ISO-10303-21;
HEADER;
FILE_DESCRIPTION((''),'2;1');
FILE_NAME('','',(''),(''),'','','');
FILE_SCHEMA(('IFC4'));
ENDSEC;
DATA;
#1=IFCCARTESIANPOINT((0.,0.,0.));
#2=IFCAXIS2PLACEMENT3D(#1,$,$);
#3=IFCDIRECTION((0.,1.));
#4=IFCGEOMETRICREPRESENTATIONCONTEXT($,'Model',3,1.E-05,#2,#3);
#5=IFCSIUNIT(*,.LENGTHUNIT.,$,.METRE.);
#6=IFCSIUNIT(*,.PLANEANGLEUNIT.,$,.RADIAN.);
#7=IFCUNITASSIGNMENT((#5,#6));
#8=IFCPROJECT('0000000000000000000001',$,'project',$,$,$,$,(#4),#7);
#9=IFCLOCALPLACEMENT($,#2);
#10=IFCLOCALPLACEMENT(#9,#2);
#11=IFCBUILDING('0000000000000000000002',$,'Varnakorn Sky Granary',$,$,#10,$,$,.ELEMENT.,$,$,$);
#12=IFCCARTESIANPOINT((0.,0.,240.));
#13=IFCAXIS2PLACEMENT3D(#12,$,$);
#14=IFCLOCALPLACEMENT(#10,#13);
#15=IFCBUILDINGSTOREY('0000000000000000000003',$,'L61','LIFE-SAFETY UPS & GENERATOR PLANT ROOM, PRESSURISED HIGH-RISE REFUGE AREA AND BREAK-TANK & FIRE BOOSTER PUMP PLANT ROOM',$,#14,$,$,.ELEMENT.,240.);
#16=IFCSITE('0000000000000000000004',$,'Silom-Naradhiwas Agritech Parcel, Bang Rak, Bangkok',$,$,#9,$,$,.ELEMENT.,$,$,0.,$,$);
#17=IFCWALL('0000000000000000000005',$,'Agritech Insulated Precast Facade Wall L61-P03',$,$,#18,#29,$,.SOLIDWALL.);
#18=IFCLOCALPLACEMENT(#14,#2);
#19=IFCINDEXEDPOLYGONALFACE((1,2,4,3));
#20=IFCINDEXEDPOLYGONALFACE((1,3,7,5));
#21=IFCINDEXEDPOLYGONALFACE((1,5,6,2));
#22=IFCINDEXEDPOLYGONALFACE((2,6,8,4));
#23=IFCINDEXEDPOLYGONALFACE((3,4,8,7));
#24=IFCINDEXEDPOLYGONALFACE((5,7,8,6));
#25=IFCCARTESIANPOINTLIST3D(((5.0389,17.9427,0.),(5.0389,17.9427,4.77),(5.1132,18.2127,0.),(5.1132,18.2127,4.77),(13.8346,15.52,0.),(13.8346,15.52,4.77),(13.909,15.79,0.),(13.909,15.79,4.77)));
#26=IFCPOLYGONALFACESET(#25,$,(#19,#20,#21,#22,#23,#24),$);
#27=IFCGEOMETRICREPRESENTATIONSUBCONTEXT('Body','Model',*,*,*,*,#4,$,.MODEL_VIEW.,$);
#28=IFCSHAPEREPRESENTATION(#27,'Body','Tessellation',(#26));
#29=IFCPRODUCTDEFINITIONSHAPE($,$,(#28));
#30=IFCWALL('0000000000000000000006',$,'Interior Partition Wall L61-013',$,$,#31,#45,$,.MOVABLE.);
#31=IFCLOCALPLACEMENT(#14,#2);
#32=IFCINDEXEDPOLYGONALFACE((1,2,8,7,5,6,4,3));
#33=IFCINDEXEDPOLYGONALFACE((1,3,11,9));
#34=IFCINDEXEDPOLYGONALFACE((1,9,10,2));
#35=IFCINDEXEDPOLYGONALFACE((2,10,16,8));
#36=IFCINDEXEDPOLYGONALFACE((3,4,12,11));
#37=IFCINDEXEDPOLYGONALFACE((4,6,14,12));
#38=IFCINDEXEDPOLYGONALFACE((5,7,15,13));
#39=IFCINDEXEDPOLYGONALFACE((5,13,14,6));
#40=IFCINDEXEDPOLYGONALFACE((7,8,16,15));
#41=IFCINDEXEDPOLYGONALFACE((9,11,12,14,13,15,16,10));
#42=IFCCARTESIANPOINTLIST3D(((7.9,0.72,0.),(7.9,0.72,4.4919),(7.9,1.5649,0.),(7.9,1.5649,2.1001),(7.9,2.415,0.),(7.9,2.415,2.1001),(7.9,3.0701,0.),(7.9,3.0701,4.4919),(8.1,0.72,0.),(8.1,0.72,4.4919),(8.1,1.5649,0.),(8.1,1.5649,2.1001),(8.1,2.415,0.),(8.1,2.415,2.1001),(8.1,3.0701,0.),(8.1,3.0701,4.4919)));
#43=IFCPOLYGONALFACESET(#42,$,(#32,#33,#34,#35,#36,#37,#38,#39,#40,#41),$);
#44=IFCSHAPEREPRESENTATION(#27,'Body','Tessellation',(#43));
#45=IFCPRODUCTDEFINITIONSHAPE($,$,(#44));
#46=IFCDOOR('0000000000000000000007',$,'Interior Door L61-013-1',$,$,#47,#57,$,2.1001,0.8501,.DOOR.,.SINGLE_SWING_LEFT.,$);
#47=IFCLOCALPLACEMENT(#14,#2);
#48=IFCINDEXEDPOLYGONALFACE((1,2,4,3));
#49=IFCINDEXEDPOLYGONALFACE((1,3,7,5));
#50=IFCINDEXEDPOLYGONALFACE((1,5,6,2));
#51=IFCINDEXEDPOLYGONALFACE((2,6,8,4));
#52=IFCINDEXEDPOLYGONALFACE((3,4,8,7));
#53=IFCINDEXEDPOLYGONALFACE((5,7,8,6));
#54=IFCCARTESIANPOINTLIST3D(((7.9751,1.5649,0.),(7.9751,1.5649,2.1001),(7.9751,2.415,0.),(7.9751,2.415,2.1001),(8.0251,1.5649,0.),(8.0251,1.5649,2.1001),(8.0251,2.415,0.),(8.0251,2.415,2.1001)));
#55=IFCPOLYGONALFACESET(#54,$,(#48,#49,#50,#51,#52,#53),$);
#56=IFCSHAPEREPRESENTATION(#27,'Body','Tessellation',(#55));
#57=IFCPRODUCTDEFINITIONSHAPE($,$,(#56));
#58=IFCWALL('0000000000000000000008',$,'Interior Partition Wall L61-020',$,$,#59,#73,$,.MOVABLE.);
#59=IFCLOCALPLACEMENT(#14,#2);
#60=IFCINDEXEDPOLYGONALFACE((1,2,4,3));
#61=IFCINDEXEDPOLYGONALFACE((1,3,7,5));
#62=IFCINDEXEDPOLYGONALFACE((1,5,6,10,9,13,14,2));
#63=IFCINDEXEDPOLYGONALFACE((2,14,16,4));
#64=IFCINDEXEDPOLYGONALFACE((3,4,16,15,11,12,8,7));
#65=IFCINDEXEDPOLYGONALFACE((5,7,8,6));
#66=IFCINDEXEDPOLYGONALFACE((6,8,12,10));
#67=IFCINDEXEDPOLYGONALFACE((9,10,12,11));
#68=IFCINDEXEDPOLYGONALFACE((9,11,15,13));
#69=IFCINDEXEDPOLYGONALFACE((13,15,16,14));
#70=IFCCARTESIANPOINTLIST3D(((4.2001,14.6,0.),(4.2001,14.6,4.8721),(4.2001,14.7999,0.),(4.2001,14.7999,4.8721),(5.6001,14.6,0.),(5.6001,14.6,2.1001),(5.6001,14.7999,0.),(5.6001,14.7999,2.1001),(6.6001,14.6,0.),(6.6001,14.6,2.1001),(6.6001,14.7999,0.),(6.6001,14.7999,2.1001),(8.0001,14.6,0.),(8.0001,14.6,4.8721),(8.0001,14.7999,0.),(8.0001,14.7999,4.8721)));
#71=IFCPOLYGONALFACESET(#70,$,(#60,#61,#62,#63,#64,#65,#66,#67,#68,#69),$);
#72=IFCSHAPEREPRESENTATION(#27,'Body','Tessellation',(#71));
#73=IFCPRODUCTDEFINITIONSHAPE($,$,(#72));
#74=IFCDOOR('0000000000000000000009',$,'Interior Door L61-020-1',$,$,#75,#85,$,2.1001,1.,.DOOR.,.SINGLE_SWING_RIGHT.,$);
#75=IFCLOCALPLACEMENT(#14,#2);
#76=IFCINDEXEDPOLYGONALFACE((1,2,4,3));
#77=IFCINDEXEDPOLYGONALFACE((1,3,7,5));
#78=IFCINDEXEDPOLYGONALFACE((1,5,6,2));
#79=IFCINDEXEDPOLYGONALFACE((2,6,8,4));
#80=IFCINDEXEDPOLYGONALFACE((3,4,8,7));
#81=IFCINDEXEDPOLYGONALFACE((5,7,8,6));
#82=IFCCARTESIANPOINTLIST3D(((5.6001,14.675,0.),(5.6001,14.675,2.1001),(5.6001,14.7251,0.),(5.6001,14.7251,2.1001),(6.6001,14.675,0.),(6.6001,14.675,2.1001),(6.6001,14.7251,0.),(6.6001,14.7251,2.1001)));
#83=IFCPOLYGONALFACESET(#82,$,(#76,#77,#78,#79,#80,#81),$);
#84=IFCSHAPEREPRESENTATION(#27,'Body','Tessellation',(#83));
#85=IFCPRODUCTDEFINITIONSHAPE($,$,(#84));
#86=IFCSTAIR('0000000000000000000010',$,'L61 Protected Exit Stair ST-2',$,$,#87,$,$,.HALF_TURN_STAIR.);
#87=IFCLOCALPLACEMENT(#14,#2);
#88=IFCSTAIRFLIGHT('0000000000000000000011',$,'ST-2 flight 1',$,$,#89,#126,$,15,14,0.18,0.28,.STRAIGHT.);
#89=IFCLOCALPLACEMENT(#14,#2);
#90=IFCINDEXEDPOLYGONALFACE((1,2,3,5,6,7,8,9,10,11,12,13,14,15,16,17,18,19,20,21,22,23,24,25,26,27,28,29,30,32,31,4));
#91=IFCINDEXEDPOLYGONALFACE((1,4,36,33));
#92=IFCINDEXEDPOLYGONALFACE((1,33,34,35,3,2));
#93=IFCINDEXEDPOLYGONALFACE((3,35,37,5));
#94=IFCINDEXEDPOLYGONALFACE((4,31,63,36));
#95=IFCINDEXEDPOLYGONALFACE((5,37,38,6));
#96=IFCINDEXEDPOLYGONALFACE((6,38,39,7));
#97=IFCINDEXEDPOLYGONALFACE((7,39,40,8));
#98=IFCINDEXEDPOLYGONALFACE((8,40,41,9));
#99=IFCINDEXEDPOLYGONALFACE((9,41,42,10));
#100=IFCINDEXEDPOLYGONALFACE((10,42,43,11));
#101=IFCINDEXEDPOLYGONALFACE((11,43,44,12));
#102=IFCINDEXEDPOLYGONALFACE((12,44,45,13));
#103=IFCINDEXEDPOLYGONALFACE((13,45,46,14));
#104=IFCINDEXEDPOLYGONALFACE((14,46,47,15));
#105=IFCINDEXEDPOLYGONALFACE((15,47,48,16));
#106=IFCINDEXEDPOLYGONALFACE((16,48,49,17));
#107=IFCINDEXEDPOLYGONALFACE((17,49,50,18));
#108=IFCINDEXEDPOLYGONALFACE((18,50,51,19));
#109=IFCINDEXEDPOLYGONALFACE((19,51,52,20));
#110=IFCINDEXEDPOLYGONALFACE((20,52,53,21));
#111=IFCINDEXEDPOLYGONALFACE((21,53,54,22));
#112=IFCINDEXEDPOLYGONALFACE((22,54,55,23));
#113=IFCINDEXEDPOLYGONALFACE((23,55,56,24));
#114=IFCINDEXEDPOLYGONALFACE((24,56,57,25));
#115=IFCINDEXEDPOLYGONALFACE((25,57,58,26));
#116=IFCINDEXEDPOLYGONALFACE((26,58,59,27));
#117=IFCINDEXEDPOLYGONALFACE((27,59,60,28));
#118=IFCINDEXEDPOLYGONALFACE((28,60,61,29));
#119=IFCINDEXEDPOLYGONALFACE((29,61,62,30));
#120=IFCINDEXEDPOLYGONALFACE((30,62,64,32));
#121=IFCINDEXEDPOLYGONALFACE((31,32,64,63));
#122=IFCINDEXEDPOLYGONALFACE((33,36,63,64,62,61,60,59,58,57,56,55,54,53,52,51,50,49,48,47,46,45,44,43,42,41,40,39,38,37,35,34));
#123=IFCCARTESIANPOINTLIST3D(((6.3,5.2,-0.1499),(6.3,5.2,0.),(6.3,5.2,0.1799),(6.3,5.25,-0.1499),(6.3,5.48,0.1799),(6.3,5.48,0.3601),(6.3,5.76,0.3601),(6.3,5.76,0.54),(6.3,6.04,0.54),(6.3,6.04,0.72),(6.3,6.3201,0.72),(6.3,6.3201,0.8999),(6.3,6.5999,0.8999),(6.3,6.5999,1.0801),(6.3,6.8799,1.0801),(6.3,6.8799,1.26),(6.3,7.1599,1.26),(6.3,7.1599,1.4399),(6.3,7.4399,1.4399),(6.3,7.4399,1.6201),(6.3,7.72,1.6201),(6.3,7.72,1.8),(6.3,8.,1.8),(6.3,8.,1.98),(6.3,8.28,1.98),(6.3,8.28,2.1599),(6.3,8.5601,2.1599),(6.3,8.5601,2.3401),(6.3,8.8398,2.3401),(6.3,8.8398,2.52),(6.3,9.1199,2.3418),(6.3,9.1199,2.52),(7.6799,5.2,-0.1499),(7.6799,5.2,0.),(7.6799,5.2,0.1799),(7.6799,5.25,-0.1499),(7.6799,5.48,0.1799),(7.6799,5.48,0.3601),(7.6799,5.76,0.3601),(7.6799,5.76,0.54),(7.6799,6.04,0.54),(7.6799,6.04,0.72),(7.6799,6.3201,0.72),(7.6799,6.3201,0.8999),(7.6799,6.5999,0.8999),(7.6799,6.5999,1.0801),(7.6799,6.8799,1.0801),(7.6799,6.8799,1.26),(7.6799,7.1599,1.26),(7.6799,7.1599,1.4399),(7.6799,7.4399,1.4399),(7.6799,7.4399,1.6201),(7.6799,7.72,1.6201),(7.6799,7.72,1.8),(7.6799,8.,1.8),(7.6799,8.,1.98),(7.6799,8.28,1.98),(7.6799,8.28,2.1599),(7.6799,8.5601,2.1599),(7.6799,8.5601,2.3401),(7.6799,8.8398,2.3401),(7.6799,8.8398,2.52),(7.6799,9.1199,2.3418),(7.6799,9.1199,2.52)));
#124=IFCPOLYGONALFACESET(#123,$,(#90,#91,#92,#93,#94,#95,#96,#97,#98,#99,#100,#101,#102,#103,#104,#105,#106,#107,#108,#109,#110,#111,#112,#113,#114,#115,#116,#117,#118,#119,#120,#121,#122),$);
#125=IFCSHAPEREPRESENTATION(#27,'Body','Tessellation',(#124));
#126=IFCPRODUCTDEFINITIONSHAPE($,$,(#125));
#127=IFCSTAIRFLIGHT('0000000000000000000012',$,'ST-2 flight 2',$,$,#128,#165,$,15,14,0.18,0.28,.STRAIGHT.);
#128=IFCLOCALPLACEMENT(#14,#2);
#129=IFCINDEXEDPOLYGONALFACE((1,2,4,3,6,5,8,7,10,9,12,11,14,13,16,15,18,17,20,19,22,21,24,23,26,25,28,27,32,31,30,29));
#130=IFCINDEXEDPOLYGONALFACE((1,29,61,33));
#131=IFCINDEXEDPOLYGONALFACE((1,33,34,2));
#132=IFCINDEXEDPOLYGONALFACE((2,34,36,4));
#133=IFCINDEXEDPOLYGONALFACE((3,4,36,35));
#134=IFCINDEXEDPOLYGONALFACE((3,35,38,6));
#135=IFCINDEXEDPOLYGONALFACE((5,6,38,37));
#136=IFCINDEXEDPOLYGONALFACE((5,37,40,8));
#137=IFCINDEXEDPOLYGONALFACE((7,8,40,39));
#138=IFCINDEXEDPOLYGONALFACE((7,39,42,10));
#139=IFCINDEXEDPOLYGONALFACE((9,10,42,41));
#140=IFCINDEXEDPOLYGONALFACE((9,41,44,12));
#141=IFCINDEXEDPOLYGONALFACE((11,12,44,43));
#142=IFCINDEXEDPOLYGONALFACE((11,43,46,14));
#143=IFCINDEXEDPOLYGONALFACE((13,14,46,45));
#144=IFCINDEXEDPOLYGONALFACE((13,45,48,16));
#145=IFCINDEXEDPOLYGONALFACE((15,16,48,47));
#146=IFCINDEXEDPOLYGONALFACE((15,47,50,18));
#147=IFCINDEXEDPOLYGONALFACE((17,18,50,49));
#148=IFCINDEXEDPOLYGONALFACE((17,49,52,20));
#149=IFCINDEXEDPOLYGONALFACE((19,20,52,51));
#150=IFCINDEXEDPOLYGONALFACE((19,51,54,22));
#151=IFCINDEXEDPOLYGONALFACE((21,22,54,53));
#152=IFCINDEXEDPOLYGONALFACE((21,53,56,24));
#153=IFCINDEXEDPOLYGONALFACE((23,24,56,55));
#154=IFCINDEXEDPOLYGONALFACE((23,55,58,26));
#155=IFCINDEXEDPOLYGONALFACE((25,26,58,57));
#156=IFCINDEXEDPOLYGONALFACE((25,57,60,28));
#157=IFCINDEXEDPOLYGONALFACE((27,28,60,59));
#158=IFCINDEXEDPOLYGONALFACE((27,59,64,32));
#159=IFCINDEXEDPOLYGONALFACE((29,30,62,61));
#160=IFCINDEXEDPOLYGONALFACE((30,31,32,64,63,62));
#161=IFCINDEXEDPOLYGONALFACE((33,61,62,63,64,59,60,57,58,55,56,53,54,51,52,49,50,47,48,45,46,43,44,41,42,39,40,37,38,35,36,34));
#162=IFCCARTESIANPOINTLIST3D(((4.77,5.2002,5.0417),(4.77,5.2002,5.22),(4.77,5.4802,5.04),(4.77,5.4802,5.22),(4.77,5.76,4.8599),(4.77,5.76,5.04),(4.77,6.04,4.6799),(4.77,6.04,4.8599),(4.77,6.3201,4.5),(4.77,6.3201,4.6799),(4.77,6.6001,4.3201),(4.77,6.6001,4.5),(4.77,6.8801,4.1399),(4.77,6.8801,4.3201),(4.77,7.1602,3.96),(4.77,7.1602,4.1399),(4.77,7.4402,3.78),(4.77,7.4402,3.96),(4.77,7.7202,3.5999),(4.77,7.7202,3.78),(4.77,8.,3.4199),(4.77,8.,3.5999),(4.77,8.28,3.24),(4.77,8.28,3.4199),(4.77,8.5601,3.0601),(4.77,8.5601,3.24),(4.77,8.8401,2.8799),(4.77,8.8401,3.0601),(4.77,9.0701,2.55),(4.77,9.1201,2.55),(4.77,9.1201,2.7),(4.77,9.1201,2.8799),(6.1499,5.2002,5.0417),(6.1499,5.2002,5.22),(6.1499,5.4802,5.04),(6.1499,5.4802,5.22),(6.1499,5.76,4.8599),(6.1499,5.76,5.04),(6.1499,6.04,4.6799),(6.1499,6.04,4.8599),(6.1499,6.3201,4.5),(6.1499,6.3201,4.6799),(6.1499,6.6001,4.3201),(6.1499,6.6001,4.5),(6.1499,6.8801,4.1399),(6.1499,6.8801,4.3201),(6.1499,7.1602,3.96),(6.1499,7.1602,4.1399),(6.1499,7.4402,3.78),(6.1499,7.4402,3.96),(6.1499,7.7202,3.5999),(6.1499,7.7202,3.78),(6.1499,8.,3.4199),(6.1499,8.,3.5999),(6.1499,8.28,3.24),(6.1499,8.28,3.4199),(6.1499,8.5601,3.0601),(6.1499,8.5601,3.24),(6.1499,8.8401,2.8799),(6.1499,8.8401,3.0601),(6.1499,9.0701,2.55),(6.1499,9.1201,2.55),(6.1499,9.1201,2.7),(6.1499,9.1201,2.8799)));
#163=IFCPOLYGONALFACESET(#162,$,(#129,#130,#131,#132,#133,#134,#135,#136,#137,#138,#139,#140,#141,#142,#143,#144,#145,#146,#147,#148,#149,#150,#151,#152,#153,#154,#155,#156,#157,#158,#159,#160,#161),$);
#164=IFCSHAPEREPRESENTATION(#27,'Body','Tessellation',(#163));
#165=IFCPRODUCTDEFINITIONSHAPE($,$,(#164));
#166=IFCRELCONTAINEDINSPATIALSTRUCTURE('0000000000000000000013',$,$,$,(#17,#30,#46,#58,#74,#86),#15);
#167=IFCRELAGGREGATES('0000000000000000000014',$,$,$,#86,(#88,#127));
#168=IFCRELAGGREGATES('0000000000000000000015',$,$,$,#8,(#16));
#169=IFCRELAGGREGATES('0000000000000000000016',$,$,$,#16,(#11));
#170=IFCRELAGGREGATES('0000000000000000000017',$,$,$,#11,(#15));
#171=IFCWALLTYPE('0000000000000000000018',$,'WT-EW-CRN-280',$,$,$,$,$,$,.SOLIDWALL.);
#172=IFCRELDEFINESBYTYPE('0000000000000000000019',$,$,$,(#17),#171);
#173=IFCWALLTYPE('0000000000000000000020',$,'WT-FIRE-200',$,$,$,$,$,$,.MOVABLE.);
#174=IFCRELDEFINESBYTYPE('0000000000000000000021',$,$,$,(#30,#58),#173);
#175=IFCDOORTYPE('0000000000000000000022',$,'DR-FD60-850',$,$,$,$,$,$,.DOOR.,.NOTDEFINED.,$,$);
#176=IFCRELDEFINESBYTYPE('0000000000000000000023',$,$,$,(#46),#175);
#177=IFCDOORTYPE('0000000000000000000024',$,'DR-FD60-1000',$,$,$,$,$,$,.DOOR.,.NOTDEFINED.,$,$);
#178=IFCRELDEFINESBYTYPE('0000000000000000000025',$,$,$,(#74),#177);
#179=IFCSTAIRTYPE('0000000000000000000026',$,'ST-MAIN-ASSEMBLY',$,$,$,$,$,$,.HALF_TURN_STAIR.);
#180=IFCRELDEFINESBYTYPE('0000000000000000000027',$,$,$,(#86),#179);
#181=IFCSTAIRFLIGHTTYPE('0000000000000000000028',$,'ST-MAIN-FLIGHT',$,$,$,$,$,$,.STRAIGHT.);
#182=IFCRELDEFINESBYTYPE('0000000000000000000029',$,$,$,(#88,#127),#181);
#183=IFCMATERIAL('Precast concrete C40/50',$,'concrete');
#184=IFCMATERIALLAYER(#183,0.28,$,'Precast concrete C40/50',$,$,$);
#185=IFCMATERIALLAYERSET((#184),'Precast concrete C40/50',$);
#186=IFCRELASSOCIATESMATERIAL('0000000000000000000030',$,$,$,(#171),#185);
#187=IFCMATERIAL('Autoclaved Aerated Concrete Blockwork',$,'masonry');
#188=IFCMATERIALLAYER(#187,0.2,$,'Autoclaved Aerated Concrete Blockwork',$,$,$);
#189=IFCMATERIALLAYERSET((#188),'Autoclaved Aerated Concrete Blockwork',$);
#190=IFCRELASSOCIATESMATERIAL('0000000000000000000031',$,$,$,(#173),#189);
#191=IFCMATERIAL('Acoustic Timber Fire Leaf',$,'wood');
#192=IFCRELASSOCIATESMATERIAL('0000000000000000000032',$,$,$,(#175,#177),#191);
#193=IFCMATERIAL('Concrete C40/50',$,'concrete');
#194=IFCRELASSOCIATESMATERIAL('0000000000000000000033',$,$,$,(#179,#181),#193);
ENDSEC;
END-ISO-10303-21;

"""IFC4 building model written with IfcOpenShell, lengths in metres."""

from ifc_helpers import new_model, si_unit, direction, frame, frame_2d, origin, place, context, subcontext, project, spatial, polyline, rectangle, outline, extrude, material, layer, layer_set, type_object, element, fill, aggregate, save


model = new_model("IFC4")

# Units and contexts
model_context = context("Model", 3, precision=1e-05, world=origin(), true_north=direction((0.0, 1.0)))
body_context = subcontext(model_context, "Body", "Model", "MODEL_VIEW")
ifc_project = project(units=[si_unit("LENGTHUNIT", "METRE"), si_unit("PLANEANGLEUNIT", "RADIAN")], contexts=[model_context])

# Site, building, storey
site_placement = place(None, origin())
site = spatial("IfcSite", under=ifc_project, at=site_placement, Name="Silom-Naradhiwas Agritech Parcel, Bang Rak, Bangkok", CompositionType="ELEMENT", RefElevation=0.0)
building_placement = place(site_placement, origin())
building = spatial("IfcBuilding", under=site, at=building_placement, Name="Varnakorn Sky Granary", CompositionType="ELEMENT")
storey_placement = place(building_placement, frame((0.0, 0.0, 240.0)))
storey = spatial("IfcBuildingStorey", under=building, at=storey_placement, Name="L61", Description="LIFE-SAFETY UPS & GENERATOR PLANT ROOM, PRESSURISED HIGH-RISE REFUGE AREA AND BREAK-TANK & FIRE BOOSTER PUMP PLANT ROOM", CompositionType="ELEMENT", Elevation=240.0)

# Wall
ifc_material_1 = material(Name="Precast concrete C40/50", Category="concrete")
ifc_layer_1 = layer(ifc_material_1, 0.28, Name="Precast concrete C40/50")
ifc_layer_set_1 = layer_set([ifc_layer_1], Name="Precast concrete C40/50")
wall_type_1 = type_object("IfcWallType", Name="WT-EW-CRN-280", PredefinedType="SOLIDWALL", material=ifc_layer_set_1)
wall_1_placement = place(storey_placement, frame((5.0762, 18.0776, 0.0), z_axis=(0.0, 0.0, 1.0), x_axis=(0.964099, -0.265544, 0.0)))
element("IfcWall", 1, at=wall_1_placement, inside=storey, type_object=wall_type_1, Name="Agritech Insulated Precast Facade Wall L61-P03", PredefinedType="SOLIDWALL", context=body_context, shape_type="SweptSolid", body=[
    extrude(rectangle(XDim=9.1233, YDim=0.28, at=frame_2d((4.5615, 0.0))), origin(), (0.0, 0.0, 1.0), 4.77),
])

# Walls, openings, doors
ifc_material_2 = material(Name="Autoclaved Aerated Concrete Blockwork", Category="masonry")
ifc_layer_2 = layer(ifc_material_2, 0.2, Name="Autoclaved Aerated Concrete Blockwork")
ifc_layer_set_2 = layer_set([ifc_layer_2], Name="Autoclaved Aerated Concrete Blockwork")
wall_type_2 = type_object("IfcWallType", Name="WT-FIRE-200", PredefinedType="MOVABLE", material=ifc_layer_set_2)
wall_2_placement = place(storey_placement, frame((8.0, 0.72, 0.0), z_axis=(0.0, 0.0, 1.0), x_axis=(0.0, 1.0, 0.0)))
wall_2 = element("IfcWall", 2, at=wall_2_placement, inside=storey, type_object=wall_type_2, Name="Interior Partition Wall L61-013", PredefinedType="MOVABLE", context=body_context, shape_type="SweptSolid", body=[
    extrude(rectangle(XDim=2.3501, YDim=0.2, at=frame_2d((1.175, 0.0))), origin(), (0.0, 0.0, 1.0), 4.4919),
])
opening_1_placement = place(wall_2_placement, frame((0.845, 0.0, 0.0)))
opening_1 = element("IfcOpeningElement", 3, at=opening_1_placement, cuts=wall_2, PredefinedType="OPENING", context=body_context, shape_type="SweptSolid", body=[
    extrude(rectangle(XDim=0.8501, YDim=2.1001, at=frame_2d((0.425, 1.05))), frame((0.0, 0.1099, 0.0), z_axis=(0.0, -1.0, 0.0), x_axis=(1.0, 0.0, 0.0)), (0.0, 0.0, 1.0), 0.22),
])
ifc_material_3 = material(Name="Acoustic Timber Fire Leaf", Category="wood")
door_type_1 = type_object("IfcDoorType", Name="DR-FD60-850", OperationType="NOTDEFINED", PredefinedType="DOOR", material=ifc_material_3)
door_1_placement = place(opening_1_placement, origin())
door_1 = element("IfcDoor", 4, at=door_1_placement, inside=storey, type_object=door_type_1, Name="Interior Door L61-013-1", OperationType="SINGLE_SWING_LEFT", OverallHeight=2.1001, OverallWidth=0.8501, PredefinedType="DOOR", context=body_context, shape_type="SweptSolid", body=[
    extrude(rectangle(XDim=0.8501, YDim=2.1001, at=frame_2d((0.425, 1.05))), frame((0.0, 0.0249, 0.0), z_axis=(0.0, -1.0, 0.0), x_axis=(1.0, 0.0, 0.0)), (0.0, 0.0, 1.0), 0.05),
])
fill(opening_1, door_1)
wall_3_placement = place(storey_placement, frame((8.0, 14.7, 0.0), z_axis=(0.0, 0.0, 1.0), x_axis=(-1.0, 0.0, 0.0)))
wall_3 = element("IfcWall", 5, at=wall_3_placement, inside=storey, type_object=wall_type_2, Name="Interior Partition Wall L61-020", PredefinedType="MOVABLE", context=body_context, shape_type="SweptSolid", body=[
    extrude(rectangle(XDim=3.8, YDim=0.2, at=frame_2d((1.8999, 0.0))), origin(), (0.0, 0.0, 1.0), 4.8721),
])
opening_2_placement = place(wall_3_placement, frame((1.3999, 0.0, 0.0)))
opening_2 = element("IfcOpeningElement", 6, at=opening_2_placement, cuts=wall_3, PredefinedType="OPENING", context=body_context, shape_type="SweptSolid", body=[
    extrude(rectangle(XDim=1.0, YDim=2.1001, at=frame_2d((0.5, 1.05))), frame((0.0, 0.1099, 0.0), z_axis=(0.0, -1.0, 0.0), x_axis=(1.0, 0.0, 0.0)), (0.0, 0.0, 1.0), 0.22),
])
door_type_2 = type_object("IfcDoorType", Name="DR-FD60-1000", OperationType="NOTDEFINED", PredefinedType="DOOR", material=ifc_material_3)
door_2_placement = place(opening_2_placement, origin())
door_2 = element("IfcDoor", 7, at=door_2_placement, inside=storey, type_object=door_type_2, Name="Interior Door L61-020-1", OperationType="SINGLE_SWING_RIGHT", OverallHeight=2.1001, OverallWidth=1.0, PredefinedType="DOOR", context=body_context, shape_type="SweptSolid", body=[
    extrude(rectangle(XDim=1.0, YDim=2.1001, at=frame_2d((0.5, 1.05))), frame((0.0, 0.0249, 0.0), z_axis=(0.0, -1.0, 0.0), x_axis=(1.0, 0.0, 0.0)), (0.0, 0.0, 1.0), 0.05),
])
fill(opening_2, door_2)

# Stair, stair flights
ifc_material_4 = material(Name="Concrete C40/50", Category="concrete")
stair_type = type_object("IfcStairType", Name="ST-MAIN-ASSEMBLY", PredefinedType="HALF_TURN_STAIR", material=ifc_material_4)
stair_placement = place(storey_placement, origin())
stair = element("IfcStair", 8, at=stair_placement, inside=storey, type_object=stair_type, Name="L61 Protected Exit Stair ST-2", PredefinedType="HALF_TURN_STAIR")
stair_flight_type = type_object("IfcStairFlightType", Name="ST-MAIN-FLIGHT", PredefinedType="STRAIGHT", material=ifc_material_4)
stair_flight_1_placement = place(storey_placement, frame((6.99, 5.2, 0.0), z_axis=(0.0, 0.0, 1.0), x_axis=(0.0, 1.0, 0.0)))
stair_flight_1 = element("IfcStairFlight", 9, at=stair_flight_1_placement, type_object=stair_flight_type, Name="ST-2 flight 1", NumberOfRisers=15, NumberOfTreads=14, PredefinedType="STRAIGHT", RiserHeight=0.18, TreadLength=0.28, context=body_context, shape_type="SweptSolid", body=[
    extrude(outline(polyline([(0.0, -0.1499), (0.0, 0.0), (0.0, 0.1799), (0.28, 0.1799), (0.28, 0.3601), (0.5601, 0.3601), (0.5601, 0.54), (0.8401, 0.54), (0.8401, 0.72), (1.1201, 0.72), (1.1201, 0.8999), (1.3999, 0.8999), (1.3999, 1.0801), (1.6799, 1.0801), (1.6799, 1.26), (1.96, 1.26), (1.96, 1.4399), (2.24, 1.4399), (2.24, 1.6201), (2.52, 1.6201), (2.52, 1.8), (2.8, 1.8), (2.8, 1.98), (3.0801, 1.98), (3.0801, 2.1599), (3.3601, 2.1599), (3.3601, 2.3401), (3.6399, 2.3401), (3.6399, 2.52), (3.9199, 2.52), (3.9199, 2.7), (3.9199, 2.3418), (0.05, -0.1499), (0.0, -0.1499)])), frame((0.0, 0.6899, 0.0), z_axis=(0.0, -1.0, 0.0), x_axis=(1.0, 0.0, 0.0)), (0.0, 0.0, 1.0), 1.3799),
])
stair_flight_2_placement = place(storey_placement, frame((5.46, 9.1201, 2.7), z_axis=(0.0, 0.0, 1.0), x_axis=(0.0, -1.0, 0.0)))
stair_flight_2 = element("IfcStairFlight", 10, at=stair_flight_2_placement, type_object=stair_flight_type, Name="ST-2 flight 2", NumberOfRisers=15, NumberOfTreads=14, PredefinedType="STRAIGHT", RiserHeight=0.18, TreadLength=0.28, context=body_context, shape_type="SweptSolid", body=[
    extrude(outline(polyline([(0.0, -0.1499), (0.0, 0.0), (0.0, 0.1799), (0.28, 0.1799), (0.28, 0.3601), (0.5601, 0.3601), (0.5601, 0.54), (0.8401, 0.54), (0.8401, 0.72), (1.1201, 0.72), (1.1201, 0.8999), (1.3999, 0.8999), (1.3999, 1.0801), (1.6799, 1.0801), (1.6799, 1.26), (1.96, 1.26), (1.96, 1.4399), (2.24, 1.4399), (2.24, 1.6201), (2.52, 1.6201), (2.52, 1.8), (2.8, 1.8), (2.8, 1.98), (3.0801, 1.98), (3.0801, 2.1599), (3.3601, 2.1599), (3.3601, 2.3401), (3.6399, 2.3401), (3.6399, 2.52), (3.9199, 2.52), (3.9199, 2.7), (3.9199, 2.3418), (0.05, -0.1499), (0.0, -0.1499)])), frame((0.0, 0.6899, 0.0), z_axis=(0.0, -1.0, 0.0), x_axis=(1.0, 0.0, 0.0)), (0.0, 0.0, 1.0), 1.3799),
])
aggregate(stair, [stair_flight_1, stair_flight_2])

save(model, "model.ifc")
